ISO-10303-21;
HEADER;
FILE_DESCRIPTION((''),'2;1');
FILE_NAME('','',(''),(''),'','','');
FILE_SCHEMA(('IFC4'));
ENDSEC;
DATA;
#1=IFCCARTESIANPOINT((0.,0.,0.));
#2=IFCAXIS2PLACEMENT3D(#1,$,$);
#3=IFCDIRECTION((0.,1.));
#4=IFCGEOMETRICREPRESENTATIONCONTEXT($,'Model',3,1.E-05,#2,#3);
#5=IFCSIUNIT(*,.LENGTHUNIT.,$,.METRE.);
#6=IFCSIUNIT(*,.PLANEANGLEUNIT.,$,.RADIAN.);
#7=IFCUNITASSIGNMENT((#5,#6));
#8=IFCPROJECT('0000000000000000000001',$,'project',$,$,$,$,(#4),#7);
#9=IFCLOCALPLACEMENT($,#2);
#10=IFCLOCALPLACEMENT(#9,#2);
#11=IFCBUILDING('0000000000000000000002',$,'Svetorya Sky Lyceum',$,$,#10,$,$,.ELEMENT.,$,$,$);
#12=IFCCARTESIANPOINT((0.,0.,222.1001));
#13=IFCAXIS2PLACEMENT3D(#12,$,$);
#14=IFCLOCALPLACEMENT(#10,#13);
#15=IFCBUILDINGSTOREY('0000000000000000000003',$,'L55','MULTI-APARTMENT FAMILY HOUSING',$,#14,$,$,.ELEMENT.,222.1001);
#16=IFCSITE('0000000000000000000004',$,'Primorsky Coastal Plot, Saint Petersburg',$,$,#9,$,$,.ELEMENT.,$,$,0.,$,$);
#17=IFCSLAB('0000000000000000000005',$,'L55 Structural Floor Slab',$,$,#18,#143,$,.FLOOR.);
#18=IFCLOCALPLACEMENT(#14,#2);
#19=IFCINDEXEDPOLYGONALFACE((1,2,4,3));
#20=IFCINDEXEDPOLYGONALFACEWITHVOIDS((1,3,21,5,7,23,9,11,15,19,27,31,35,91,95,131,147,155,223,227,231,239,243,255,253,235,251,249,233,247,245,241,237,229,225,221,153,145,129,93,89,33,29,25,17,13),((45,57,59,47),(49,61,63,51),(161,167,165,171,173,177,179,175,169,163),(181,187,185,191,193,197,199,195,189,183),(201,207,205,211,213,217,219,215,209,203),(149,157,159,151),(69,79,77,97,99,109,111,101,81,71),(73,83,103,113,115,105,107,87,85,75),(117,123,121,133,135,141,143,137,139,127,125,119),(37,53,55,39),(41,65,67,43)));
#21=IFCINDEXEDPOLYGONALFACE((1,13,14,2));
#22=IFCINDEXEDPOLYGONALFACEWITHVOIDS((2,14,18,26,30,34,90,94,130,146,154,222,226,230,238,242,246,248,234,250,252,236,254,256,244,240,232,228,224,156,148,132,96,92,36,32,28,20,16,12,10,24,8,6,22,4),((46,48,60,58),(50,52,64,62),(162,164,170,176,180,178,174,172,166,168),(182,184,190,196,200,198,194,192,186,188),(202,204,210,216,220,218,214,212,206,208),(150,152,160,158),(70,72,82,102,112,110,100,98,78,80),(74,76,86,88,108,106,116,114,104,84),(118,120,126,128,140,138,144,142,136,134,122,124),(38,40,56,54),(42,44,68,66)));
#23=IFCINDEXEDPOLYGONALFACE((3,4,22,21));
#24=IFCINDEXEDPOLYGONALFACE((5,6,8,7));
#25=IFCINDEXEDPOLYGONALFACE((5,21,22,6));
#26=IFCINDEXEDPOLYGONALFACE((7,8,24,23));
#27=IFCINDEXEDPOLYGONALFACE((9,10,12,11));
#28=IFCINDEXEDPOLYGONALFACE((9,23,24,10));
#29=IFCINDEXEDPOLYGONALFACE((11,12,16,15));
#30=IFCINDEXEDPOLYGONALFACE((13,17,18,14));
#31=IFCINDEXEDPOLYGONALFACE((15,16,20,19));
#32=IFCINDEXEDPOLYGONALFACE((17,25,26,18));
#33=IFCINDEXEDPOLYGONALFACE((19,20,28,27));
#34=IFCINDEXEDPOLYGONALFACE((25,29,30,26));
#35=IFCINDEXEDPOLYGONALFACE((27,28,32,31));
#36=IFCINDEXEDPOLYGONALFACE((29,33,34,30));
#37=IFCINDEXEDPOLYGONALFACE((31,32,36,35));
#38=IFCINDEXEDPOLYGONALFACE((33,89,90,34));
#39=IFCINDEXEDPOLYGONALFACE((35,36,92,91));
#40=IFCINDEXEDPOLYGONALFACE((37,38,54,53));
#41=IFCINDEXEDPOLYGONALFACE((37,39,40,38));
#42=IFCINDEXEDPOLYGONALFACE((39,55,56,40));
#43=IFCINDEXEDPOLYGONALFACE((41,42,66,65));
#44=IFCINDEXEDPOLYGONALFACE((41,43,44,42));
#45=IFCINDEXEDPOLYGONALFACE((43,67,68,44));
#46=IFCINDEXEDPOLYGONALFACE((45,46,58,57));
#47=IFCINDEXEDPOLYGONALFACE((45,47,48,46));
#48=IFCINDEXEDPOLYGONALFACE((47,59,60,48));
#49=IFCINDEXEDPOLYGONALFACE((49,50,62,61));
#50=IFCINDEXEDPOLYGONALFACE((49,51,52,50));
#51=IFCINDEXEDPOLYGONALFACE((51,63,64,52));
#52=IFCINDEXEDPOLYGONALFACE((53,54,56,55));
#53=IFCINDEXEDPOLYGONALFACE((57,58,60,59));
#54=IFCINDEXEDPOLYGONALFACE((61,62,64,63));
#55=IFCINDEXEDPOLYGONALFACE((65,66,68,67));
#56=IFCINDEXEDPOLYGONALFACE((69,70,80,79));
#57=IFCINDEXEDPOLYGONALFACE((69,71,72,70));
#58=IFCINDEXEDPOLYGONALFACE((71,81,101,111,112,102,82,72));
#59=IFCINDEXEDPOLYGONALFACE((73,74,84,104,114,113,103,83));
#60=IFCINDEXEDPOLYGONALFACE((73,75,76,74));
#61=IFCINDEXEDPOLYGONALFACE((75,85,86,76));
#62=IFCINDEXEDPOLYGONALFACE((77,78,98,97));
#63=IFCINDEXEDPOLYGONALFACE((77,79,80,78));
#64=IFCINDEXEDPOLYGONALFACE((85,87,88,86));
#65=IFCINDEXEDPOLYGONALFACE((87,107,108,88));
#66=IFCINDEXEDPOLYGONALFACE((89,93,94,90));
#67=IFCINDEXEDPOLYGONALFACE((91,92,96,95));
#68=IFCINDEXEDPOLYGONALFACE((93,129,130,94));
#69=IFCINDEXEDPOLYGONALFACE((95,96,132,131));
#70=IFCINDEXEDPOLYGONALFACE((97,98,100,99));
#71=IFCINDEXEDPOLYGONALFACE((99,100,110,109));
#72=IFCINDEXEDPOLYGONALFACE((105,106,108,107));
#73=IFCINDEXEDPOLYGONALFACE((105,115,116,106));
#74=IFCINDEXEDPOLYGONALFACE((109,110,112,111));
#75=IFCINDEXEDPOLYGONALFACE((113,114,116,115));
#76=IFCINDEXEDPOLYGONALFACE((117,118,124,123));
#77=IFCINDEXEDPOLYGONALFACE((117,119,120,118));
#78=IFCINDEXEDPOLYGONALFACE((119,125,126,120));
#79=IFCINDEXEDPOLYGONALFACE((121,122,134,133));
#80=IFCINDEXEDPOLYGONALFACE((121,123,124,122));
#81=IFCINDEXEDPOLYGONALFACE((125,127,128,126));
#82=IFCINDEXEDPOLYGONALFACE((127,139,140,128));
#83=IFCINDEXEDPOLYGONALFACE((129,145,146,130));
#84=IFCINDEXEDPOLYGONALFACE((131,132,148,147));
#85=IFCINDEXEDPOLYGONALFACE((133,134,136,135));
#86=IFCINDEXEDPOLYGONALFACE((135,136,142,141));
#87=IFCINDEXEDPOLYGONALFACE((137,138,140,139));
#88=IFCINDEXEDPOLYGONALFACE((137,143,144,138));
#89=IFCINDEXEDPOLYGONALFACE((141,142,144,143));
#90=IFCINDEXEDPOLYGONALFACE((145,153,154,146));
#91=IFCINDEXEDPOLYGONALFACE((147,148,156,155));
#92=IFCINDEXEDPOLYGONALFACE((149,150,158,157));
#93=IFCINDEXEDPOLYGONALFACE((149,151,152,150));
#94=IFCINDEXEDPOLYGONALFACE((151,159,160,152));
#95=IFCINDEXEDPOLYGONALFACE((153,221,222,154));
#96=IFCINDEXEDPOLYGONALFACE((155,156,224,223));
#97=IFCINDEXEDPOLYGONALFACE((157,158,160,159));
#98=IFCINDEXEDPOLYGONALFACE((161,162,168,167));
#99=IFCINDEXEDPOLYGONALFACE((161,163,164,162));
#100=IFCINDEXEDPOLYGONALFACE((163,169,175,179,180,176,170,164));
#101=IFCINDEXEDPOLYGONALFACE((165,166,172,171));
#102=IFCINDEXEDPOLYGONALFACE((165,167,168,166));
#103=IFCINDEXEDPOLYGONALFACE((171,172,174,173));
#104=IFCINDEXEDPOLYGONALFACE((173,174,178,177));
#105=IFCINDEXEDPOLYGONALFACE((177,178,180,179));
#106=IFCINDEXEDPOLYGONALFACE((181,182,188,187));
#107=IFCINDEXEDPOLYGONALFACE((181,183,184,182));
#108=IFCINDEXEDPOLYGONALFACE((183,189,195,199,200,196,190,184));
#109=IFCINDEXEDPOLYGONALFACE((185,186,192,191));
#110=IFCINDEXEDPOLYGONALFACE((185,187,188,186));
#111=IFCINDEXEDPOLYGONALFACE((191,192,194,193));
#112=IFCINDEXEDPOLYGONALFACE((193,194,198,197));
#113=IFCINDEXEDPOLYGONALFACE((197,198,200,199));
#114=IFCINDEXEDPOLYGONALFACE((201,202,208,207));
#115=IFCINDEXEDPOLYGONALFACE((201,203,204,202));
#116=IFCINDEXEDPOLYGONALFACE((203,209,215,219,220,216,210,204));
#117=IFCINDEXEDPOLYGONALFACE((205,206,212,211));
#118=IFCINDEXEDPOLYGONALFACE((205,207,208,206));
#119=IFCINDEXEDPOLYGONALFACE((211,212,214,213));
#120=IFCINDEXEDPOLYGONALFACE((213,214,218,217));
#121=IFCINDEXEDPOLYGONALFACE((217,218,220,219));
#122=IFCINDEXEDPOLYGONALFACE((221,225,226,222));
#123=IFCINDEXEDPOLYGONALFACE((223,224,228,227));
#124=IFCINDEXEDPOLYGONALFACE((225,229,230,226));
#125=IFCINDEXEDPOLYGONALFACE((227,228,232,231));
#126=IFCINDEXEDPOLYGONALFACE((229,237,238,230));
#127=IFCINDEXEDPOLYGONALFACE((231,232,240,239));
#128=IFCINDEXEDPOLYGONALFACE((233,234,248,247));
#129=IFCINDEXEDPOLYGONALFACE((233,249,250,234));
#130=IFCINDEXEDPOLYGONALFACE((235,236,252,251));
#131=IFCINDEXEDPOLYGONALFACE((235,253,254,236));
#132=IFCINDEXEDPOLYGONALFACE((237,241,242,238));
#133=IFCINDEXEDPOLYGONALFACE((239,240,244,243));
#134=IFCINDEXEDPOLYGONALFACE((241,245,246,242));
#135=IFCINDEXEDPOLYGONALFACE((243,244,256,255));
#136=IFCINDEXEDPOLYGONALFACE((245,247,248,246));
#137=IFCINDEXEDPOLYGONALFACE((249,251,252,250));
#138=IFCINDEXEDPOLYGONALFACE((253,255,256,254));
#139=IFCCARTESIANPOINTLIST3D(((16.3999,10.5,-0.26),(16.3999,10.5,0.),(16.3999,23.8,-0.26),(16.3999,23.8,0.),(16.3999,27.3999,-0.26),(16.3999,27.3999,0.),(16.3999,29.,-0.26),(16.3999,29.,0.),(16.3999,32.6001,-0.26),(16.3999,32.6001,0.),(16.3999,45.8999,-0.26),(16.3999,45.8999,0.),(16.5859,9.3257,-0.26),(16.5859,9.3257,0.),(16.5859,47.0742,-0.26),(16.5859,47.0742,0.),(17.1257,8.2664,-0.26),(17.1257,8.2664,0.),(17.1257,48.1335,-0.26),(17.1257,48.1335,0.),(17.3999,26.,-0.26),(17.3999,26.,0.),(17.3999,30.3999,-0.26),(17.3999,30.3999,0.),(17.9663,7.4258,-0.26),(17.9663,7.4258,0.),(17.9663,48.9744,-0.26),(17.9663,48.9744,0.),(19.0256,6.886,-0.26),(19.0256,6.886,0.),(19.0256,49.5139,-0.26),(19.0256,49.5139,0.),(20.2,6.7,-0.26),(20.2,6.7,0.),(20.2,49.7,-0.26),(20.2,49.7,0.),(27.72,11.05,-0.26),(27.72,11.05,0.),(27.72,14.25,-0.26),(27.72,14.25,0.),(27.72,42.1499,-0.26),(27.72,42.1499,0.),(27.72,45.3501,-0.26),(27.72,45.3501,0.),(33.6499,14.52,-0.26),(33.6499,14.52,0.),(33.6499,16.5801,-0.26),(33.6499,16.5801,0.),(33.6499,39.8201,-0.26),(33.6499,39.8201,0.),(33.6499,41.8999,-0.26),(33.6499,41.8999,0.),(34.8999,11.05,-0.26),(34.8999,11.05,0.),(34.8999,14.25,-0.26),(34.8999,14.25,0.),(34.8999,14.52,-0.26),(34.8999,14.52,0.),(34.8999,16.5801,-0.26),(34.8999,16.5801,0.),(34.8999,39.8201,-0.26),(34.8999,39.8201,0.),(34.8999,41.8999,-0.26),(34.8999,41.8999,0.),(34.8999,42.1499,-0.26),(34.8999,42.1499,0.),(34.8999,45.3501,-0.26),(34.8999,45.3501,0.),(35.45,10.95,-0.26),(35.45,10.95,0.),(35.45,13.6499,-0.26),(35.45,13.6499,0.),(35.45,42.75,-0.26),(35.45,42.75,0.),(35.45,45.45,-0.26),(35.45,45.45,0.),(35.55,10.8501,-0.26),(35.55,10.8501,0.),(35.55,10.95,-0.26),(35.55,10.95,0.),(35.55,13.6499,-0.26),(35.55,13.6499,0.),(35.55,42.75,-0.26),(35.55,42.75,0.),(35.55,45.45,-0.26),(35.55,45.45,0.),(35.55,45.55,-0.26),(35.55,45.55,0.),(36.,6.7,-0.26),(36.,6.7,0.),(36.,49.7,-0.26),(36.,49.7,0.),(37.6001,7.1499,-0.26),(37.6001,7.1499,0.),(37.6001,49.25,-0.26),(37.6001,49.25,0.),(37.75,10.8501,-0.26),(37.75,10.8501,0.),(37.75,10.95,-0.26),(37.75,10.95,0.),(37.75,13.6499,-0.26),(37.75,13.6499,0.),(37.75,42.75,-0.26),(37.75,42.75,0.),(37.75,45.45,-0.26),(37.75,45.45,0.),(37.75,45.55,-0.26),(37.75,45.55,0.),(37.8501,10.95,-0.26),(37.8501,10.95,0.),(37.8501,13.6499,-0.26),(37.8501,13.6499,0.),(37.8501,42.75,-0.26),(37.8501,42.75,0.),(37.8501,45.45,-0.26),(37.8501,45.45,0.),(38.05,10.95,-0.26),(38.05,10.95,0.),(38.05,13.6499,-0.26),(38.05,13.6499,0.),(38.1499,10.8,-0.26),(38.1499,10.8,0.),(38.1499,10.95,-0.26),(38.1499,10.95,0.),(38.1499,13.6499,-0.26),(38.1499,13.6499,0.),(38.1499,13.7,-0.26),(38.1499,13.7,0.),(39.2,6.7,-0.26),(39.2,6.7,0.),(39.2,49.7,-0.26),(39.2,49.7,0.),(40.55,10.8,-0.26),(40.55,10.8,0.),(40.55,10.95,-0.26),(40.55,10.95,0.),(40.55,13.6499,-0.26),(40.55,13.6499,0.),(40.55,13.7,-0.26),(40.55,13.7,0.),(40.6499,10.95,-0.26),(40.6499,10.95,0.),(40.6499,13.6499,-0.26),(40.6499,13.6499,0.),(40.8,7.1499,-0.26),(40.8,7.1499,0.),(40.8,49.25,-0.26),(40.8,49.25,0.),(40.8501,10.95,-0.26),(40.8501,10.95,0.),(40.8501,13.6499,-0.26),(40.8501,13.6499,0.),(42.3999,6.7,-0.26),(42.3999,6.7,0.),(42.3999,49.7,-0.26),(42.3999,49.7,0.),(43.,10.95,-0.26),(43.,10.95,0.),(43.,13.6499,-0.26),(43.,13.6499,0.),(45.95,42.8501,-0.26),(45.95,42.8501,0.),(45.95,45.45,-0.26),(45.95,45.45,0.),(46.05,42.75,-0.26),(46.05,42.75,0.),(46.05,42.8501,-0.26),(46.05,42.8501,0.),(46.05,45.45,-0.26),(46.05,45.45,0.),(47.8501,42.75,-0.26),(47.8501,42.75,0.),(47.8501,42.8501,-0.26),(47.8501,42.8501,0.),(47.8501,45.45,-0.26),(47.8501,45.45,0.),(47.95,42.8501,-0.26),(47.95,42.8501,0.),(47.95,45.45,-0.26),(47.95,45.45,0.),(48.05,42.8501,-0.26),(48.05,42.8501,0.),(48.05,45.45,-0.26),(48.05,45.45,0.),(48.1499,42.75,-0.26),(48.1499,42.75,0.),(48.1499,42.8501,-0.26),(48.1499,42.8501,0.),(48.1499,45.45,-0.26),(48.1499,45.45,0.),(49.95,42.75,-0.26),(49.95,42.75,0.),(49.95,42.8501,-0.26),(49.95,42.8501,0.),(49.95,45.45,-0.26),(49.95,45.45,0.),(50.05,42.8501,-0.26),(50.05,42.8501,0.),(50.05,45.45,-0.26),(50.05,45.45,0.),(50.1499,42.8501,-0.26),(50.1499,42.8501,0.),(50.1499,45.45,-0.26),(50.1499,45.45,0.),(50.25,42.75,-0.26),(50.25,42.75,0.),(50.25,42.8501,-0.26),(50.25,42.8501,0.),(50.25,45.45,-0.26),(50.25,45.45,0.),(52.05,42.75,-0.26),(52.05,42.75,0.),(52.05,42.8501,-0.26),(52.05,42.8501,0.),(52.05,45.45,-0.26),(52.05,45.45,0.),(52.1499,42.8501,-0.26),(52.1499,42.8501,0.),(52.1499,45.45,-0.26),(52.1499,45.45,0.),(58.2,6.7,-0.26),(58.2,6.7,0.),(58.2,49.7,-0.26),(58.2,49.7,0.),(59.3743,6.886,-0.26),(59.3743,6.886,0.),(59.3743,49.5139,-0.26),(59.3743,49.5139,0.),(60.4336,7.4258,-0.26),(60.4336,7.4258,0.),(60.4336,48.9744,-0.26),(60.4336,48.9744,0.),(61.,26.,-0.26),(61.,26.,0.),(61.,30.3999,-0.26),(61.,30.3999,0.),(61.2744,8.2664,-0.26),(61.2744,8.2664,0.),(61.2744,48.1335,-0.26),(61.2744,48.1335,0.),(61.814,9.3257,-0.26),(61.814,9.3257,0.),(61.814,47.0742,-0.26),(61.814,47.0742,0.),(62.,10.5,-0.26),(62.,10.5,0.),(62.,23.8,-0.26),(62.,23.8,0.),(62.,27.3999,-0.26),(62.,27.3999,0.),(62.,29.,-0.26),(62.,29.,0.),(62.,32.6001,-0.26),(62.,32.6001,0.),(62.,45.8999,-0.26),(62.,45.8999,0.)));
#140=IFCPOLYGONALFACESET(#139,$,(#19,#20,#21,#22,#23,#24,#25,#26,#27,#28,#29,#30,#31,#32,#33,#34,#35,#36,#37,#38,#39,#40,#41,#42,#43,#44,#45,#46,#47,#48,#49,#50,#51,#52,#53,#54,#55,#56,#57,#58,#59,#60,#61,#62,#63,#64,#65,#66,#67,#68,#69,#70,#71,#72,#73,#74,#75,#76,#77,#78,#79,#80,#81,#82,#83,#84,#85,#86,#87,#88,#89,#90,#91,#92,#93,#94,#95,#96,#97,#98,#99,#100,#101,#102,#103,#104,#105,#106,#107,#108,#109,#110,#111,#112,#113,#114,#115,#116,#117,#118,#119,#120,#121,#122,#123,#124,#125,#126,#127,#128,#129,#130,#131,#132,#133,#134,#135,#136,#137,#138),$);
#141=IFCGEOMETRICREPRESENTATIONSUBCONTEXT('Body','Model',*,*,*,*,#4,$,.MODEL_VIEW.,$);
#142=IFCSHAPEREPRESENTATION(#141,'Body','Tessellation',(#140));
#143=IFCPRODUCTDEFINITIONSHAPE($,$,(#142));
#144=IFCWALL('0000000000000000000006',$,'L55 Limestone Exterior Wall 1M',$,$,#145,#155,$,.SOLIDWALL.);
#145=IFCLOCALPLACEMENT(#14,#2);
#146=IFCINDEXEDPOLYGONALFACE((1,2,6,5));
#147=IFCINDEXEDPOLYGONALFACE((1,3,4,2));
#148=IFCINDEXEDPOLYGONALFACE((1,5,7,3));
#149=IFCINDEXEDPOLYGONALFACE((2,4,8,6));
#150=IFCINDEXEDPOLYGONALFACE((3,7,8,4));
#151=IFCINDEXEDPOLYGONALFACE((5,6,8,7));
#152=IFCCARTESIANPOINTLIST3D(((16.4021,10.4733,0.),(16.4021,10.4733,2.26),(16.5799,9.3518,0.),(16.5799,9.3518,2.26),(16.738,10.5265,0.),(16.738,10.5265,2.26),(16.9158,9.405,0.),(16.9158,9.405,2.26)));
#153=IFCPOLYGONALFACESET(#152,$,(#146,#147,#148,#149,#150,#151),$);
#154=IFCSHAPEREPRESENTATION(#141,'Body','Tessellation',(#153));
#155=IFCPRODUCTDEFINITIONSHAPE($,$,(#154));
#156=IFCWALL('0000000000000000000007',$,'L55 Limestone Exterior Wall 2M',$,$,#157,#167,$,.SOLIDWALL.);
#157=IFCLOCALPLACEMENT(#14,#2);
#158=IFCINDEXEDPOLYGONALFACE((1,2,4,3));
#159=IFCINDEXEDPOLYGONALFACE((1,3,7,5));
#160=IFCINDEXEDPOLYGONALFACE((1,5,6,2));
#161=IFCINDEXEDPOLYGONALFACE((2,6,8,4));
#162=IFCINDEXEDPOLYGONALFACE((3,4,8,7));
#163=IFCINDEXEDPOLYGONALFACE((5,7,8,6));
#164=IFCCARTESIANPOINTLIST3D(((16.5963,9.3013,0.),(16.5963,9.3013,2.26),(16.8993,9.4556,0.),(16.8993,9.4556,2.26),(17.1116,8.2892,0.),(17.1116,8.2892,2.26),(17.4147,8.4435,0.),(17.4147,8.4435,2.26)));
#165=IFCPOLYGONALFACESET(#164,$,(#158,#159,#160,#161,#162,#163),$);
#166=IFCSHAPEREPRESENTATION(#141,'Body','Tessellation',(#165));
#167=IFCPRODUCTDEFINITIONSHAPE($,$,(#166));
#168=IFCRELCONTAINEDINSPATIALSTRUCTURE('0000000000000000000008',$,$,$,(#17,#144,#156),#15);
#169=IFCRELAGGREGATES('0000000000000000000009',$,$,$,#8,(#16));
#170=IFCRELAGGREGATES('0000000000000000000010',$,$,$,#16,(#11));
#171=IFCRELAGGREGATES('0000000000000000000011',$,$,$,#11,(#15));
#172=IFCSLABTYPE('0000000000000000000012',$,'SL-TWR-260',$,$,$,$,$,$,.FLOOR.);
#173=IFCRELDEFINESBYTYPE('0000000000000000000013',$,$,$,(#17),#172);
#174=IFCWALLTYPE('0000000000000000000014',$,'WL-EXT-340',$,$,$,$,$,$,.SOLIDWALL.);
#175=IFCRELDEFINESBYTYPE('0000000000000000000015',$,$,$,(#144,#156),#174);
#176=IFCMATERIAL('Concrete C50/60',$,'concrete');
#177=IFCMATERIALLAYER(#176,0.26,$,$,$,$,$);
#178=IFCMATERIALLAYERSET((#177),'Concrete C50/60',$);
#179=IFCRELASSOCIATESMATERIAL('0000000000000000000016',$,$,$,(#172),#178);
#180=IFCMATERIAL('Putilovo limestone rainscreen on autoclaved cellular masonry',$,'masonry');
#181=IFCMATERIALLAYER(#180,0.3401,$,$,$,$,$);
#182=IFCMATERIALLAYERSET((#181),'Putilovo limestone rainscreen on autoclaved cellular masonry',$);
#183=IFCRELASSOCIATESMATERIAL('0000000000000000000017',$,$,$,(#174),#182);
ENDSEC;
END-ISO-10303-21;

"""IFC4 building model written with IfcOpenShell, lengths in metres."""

from ifc_helpers import new_model, si_unit, direction, frame, frame_2d, origin, place, context, subcontext, project, spatial, polyline, rectangle, outline, extrude, material, layer, layer_set, type_object, element, save


model = new_model("IFC4")

# Units and contexts
model_context = context("Model", 3, precision=1e-05, world=origin(), true_north=direction((0.0, 1.0)))
body_context = subcontext(model_context, "Body", "Model", "MODEL_VIEW")
ifc_project = project(units=[si_unit("LENGTHUNIT", "METRE"), si_unit("PLANEANGLEUNIT", "RADIAN")], contexts=[model_context])

# Site, building, storey
site_placement = place(None, origin())
site = spatial("IfcSite", under=ifc_project, at=site_placement, Name="Primorsky Coastal Plot, Saint Petersburg", CompositionType="ELEMENT", RefElevation=0.0)
building_placement = place(site_placement, origin())
building = spatial("IfcBuilding", under=site, at=building_placement, Name="Svetorya Sky Lyceum", CompositionType="ELEMENT")
storey_placement = place(building_placement, frame((0.0, 0.0, 222.1001)))
storey = spatial("IfcBuildingStorey", under=building, at=storey_placement, Name="L55", Description="MULTI-APARTMENT FAMILY HOUSING", CompositionType="ELEMENT", Elevation=222.1001)

# Shared definitions
ifc_material_1 = material(Name="Concrete C50/60", Category="concrete")

# Slab
ifc_layer_1 = layer(ifc_material_1, 0.26)
ifc_layer_set_1 = layer_set([ifc_layer_1], Name="Concrete C50/60")
slab_type_1 = type_object("IfcSlabType", Name="SL-TWR-260", PredefinedType="FLOOR", material=ifc_layer_set_1)
slab_1_placement = place(storey_placement, frame((0.0, 0.0, -0.26)))
element("IfcSlab", 1, at=slab_1_placement, inside=storey, type_object=slab_type_1, Name="L55 Structural Floor Slab", PredefinedType="FLOOR", context=body_context, shape_type="SweptSolid", body=[
    extrude(outline(polyline([(16.3999, 10.5), (16.5859, 9.3257), (17.1257, 8.2664), (17.9663, 7.4258), (19.0256, 6.886), (20.2, 6.7), (36.0, 6.7), (37.6001, 7.1499), (39.2, 6.7), (40.8, 7.1499), (42.3999, 6.7), (58.2, 6.7), (59.3743, 6.886), (60.4336, 7.4258), (61.2744, 8.2664), (61.814, 9.3257), (62.0, 10.5), (62.0, 23.8), (61.0, 26.0), (62.0, 27.3999), (62.0, 29.0), (61.0, 30.3999), (62.0, 32.6001), (62.0, 45.8999), (61.814, 47.0742), (61.2744, 48.1335), (60.4336, 48.9744), (59.3743, 49.5139), (58.2, 49.7), (42.3999, 49.7), (40.8, 49.25), (39.2, 49.7), (37.6001, 49.25), (36.0, 49.7), (20.2, 49.7), (19.0256, 49.5139), (17.9663, 48.9744), (17.1257, 48.1335), (16.5859, 47.0742), (16.3999, 45.8999), (16.3999, 32.6001), (17.3999, 30.3999), (16.3999, 29.0), (16.3999, 27.3999), (17.3999, 26.0), (16.3999, 23.8), (16.3999, 10.5)]), holes=[polyline([(37.8501, 10.95), (37.75, 10.95), (37.75, 10.8501), (35.55, 10.8501), (35.55, 10.95), (35.45, 10.95), (35.45, 13.6499), (35.55, 13.6499), (37.75, 13.6499), (37.8501, 13.6499), (37.8501, 10.95)]), polyline([(38.1499, 10.8), (38.1499, 10.95), (38.05, 10.95), (38.05, 13.6499), (38.1499, 13.6499), (38.1499, 13.7), (40.55, 13.7), (40.55, 13.6499), (40.6499, 13.6499), (40.6499, 10.95), (40.55, 10.95), (40.55, 10.8), (38.1499, 10.8)]), polyline([(27.72, 11.05), (27.72, 14.25), (34.8999, 14.25), (34.8999, 11.05), (27.72, 11.05)]), polyline([(33.6499, 14.52), (33.6499, 16.5801), (34.8999, 16.5801), (34.8999, 14.52), (33.6499, 14.52)]), polyline([(33.6499, 39.8201), (33.6499, 41.8999), (34.8999, 41.8999), (34.8999, 39.8201), (33.6499, 39.8201)]), polyline([(27.72, 42.1499), (27.72, 45.3501), (34.8999, 45.3501), (34.8999, 42.1499), (27.72, 42.1499)]), polyline([(37.75, 42.75), (35.55, 42.75), (35.45, 42.75), (35.45, 45.45), (35.55, 45.45), (35.55, 45.55), (37.75, 45.55), (37.75, 45.45), (37.8501, 45.45), (37.8501, 42.75), (37.75, 42.75)]), polyline([(40.8501, 10.95), (40.8501, 13.6499), (43.0, 13.6499), (43.0, 10.95), (40.8501, 10.95)]), polyline([(46.05, 42.75), (46.05, 42.8501), (45.95, 42.8501), (45.95, 45.45), (46.05, 45.45), (47.8501, 45.45), (47.95, 45.45), (47.95, 42.8501), (47.8501, 42.8501), (47.8501, 42.75), (46.05, 42.75)]), polyline([(50.05, 42.8501), (49.95, 42.8501), (49.95, 42.75), (48.1499, 42.75), (48.1499, 42.8501), (48.05, 42.8501), (48.05, 45.45), (48.1499, 45.45), (49.95, 45.45), (50.05, 45.45), (50.05, 42.8501)]), polyline([(52.1499, 42.8501), (52.05, 42.8501), (52.05, 42.75), (50.25, 42.75), (50.25, 42.8501), (50.1499, 42.8501), (50.1499, 45.45), (50.25, 45.45), (52.05, 45.45), (52.1499, 45.45), (52.1499, 42.8501)])]), origin(), (0.0, 0.0, 1.0), 0.26),
])

# Walls
ifc_material_2 = material(Name="Putilovo limestone rainscreen on autoclaved cellular masonry", Category="masonry")
ifc_layer_2 = layer(ifc_material_2, 0.3401)
ifc_layer_set_2 = layer_set([ifc_layer_2], Name="Putilovo limestone rainscreen on autoclaved cellular masonry")
wall_type_1 = type_object("IfcWallType", Name="WL-EXT-340", PredefinedType="SOLIDWALL", material=ifc_layer_set_2)
wall_1_placement = place(storey_placement, frame((16.5701, 10.5, 0.0), z_axis=(0.0, 0.0, 1.0), x_axis=(0.156515, -0.987676, 0.0)))
element("IfcWall", 2, at=wall_1_placement, inside=storey, type_object=wall_type_1, Name="L55 Limestone Exterior Wall 1M", PredefinedType="SOLIDWALL", context=body_context, shape_type="SweptSolid", body=[
    extrude(rectangle(XDim=1.1355, YDim=0.3401, at=frame_2d((0.5679, 0.0))), origin(), (0.0, 0.0, 1.0), 2.26),
])
wall_2_placement = place(storey_placement, frame((16.7478, 9.3784, 0.0), z_axis=(0.0, 0.0, 1.0), x_axis=(0.453736, -0.891136, 0.0)))
element("IfcWall", 3, at=wall_2_placement, inside=storey, type_object=wall_type_1, Name="L55 Limestone Exterior Wall 2M", PredefinedType="SOLIDWALL", context=body_context, shape_type="SweptSolid", body=[
    extrude(rectangle(XDim=1.1357, YDim=0.3401, at=frame_2d((0.5679, 0.0))), origin(), (0.0, 0.0, 1.0), 2.26),
])

save(model, "model.ifc")
